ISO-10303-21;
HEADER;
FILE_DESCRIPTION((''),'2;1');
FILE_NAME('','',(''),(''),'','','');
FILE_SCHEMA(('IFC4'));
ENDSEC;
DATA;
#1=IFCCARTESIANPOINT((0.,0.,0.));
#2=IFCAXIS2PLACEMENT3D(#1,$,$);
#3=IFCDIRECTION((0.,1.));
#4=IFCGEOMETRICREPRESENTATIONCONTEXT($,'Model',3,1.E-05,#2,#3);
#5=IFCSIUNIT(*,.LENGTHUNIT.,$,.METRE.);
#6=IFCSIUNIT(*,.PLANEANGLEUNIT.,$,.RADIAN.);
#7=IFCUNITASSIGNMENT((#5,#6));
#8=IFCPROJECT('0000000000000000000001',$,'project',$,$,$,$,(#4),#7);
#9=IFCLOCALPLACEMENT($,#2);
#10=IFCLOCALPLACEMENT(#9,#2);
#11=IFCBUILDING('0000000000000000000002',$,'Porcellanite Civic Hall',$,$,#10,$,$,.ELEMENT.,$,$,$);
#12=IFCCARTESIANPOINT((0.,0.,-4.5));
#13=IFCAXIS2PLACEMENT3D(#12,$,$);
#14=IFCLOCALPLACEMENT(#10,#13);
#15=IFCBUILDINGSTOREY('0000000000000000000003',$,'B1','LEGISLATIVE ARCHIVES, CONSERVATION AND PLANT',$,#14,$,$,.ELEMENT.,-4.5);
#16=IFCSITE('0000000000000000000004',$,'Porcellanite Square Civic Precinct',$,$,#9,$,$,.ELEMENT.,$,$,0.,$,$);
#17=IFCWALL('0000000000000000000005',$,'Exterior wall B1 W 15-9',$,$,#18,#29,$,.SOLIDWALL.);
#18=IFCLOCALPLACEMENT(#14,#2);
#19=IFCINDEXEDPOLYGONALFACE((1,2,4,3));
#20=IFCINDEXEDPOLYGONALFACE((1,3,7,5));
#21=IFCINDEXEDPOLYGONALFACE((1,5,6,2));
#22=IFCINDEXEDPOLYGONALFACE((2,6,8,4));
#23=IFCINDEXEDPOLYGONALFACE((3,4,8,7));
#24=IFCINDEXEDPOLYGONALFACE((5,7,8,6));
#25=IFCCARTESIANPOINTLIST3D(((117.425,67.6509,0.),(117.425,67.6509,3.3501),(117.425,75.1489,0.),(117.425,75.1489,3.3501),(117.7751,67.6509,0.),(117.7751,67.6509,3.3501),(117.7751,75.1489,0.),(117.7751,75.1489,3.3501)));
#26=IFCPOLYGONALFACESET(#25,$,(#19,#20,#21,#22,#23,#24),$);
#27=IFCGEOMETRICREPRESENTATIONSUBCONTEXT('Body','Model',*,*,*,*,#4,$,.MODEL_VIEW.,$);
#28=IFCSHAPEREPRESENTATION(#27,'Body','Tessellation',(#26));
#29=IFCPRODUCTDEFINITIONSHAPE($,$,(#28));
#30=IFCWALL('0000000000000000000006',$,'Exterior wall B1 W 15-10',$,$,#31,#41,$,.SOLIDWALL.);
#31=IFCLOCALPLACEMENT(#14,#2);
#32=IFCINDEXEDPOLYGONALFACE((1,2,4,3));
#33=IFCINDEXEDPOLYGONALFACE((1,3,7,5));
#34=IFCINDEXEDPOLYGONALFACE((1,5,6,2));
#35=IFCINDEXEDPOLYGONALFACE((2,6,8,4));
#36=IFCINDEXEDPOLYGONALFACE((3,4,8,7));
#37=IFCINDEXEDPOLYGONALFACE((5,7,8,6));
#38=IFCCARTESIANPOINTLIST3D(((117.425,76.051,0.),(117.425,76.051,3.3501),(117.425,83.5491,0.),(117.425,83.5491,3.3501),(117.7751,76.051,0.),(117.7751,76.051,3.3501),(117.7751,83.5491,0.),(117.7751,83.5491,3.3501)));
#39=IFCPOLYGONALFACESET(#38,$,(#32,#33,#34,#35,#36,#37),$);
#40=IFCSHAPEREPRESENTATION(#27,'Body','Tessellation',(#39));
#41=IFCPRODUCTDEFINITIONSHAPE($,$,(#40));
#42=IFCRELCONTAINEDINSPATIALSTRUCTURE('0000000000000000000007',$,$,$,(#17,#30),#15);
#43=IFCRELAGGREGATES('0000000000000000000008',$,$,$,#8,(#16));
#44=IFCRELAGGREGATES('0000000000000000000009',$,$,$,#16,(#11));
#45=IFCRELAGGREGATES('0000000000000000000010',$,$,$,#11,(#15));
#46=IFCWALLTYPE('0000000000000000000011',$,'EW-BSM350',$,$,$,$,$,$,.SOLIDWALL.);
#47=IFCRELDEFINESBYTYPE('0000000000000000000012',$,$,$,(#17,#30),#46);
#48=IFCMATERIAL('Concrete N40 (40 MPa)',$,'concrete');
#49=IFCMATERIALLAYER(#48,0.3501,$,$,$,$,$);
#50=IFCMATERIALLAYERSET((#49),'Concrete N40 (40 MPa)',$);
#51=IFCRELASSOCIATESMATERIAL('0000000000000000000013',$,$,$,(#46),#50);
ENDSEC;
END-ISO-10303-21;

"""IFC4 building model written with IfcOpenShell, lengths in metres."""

from ifc_helpers import new_model, si_unit, direction, frame, frame_2d, origin, place, context, subcontext, project, spatial, rectangle, extrude, material, layer, layer_set, type_object, element, save


model = new_model("IFC4")

# Units and contexts
model_context = context("Model", 3, precision=1e-05, world=origin(), true_north=direction((0.0, 1.0)))
body_context = subcontext(model_context, "Body", "Model", "MODEL_VIEW")
ifc_project = project(units=[si_unit("LENGTHUNIT", "METRE"), si_unit("PLANEANGLEUNIT", "RADIAN")], contexts=[model_context])

# Site, building, storey
site_placement = place(None, origin())
site = spatial("IfcSite", under=ifc_project, at=site_placement, Name="Porcellanite Square Civic Precinct", CompositionType="ELEMENT", RefElevation=0.0)
building_placement = place(site_placement, origin())
building = spatial("IfcBuilding", under=site, at=building_placement, Name="Porcellanite Civic Hall", CompositionType="ELEMENT")
storey_placement = place(building_placement, frame((0.0, 0.0, -4.5)))
storey = spatial("IfcBuildingStorey", under=building, at=storey_placement, Name="B1", Description="LEGISLATIVE ARCHIVES, CONSERVATION AND PLANT", CompositionType="ELEMENT", Elevation=-4.5)

# Walls
ifc_material_1 = material(Name="Concrete N40 (40 MPa)", Category="concrete")
ifc_layer = layer(ifc_material_1, 0.3501)
ifc_layer_set = layer_set([ifc_layer], Name="Concrete N40 (40 MPa)")
wall_type = type_object("IfcWallType", Name="EW-BSM350", PredefinedType="SOLIDWALL", material=ifc_layer_set)
for number, where, z_axis, x_axis, name in (
    (1, (117.6001, 67.6509, 0.0), (0.0, 0.0, 1.0), (0.0, 1.0, 0.0), "Exterior wall B1 W 15-9"),
    (2, (117.6001, 76.051, 0.0), (0.0, 0.0, 1.0), (0.0, 1.0, 0.0), "Exterior wall B1 W 15-10"),
):
    element("IfcWall", number, at=place(storey_placement, frame(where, z_axis=z_axis, x_axis=x_axis)), inside=storey, type_object=wall_type, Name=name, PredefinedType="SOLIDWALL", context=body_context, shape_type="SweptSolid", body=[
        extrude(rectangle(XDim=7.498, YDim=0.3501, at=frame_2d((3.749, 0.0))), origin(), (0.0, 0.0, 1.0), 3.3501),
    ])

save(model, "model.ifc")
